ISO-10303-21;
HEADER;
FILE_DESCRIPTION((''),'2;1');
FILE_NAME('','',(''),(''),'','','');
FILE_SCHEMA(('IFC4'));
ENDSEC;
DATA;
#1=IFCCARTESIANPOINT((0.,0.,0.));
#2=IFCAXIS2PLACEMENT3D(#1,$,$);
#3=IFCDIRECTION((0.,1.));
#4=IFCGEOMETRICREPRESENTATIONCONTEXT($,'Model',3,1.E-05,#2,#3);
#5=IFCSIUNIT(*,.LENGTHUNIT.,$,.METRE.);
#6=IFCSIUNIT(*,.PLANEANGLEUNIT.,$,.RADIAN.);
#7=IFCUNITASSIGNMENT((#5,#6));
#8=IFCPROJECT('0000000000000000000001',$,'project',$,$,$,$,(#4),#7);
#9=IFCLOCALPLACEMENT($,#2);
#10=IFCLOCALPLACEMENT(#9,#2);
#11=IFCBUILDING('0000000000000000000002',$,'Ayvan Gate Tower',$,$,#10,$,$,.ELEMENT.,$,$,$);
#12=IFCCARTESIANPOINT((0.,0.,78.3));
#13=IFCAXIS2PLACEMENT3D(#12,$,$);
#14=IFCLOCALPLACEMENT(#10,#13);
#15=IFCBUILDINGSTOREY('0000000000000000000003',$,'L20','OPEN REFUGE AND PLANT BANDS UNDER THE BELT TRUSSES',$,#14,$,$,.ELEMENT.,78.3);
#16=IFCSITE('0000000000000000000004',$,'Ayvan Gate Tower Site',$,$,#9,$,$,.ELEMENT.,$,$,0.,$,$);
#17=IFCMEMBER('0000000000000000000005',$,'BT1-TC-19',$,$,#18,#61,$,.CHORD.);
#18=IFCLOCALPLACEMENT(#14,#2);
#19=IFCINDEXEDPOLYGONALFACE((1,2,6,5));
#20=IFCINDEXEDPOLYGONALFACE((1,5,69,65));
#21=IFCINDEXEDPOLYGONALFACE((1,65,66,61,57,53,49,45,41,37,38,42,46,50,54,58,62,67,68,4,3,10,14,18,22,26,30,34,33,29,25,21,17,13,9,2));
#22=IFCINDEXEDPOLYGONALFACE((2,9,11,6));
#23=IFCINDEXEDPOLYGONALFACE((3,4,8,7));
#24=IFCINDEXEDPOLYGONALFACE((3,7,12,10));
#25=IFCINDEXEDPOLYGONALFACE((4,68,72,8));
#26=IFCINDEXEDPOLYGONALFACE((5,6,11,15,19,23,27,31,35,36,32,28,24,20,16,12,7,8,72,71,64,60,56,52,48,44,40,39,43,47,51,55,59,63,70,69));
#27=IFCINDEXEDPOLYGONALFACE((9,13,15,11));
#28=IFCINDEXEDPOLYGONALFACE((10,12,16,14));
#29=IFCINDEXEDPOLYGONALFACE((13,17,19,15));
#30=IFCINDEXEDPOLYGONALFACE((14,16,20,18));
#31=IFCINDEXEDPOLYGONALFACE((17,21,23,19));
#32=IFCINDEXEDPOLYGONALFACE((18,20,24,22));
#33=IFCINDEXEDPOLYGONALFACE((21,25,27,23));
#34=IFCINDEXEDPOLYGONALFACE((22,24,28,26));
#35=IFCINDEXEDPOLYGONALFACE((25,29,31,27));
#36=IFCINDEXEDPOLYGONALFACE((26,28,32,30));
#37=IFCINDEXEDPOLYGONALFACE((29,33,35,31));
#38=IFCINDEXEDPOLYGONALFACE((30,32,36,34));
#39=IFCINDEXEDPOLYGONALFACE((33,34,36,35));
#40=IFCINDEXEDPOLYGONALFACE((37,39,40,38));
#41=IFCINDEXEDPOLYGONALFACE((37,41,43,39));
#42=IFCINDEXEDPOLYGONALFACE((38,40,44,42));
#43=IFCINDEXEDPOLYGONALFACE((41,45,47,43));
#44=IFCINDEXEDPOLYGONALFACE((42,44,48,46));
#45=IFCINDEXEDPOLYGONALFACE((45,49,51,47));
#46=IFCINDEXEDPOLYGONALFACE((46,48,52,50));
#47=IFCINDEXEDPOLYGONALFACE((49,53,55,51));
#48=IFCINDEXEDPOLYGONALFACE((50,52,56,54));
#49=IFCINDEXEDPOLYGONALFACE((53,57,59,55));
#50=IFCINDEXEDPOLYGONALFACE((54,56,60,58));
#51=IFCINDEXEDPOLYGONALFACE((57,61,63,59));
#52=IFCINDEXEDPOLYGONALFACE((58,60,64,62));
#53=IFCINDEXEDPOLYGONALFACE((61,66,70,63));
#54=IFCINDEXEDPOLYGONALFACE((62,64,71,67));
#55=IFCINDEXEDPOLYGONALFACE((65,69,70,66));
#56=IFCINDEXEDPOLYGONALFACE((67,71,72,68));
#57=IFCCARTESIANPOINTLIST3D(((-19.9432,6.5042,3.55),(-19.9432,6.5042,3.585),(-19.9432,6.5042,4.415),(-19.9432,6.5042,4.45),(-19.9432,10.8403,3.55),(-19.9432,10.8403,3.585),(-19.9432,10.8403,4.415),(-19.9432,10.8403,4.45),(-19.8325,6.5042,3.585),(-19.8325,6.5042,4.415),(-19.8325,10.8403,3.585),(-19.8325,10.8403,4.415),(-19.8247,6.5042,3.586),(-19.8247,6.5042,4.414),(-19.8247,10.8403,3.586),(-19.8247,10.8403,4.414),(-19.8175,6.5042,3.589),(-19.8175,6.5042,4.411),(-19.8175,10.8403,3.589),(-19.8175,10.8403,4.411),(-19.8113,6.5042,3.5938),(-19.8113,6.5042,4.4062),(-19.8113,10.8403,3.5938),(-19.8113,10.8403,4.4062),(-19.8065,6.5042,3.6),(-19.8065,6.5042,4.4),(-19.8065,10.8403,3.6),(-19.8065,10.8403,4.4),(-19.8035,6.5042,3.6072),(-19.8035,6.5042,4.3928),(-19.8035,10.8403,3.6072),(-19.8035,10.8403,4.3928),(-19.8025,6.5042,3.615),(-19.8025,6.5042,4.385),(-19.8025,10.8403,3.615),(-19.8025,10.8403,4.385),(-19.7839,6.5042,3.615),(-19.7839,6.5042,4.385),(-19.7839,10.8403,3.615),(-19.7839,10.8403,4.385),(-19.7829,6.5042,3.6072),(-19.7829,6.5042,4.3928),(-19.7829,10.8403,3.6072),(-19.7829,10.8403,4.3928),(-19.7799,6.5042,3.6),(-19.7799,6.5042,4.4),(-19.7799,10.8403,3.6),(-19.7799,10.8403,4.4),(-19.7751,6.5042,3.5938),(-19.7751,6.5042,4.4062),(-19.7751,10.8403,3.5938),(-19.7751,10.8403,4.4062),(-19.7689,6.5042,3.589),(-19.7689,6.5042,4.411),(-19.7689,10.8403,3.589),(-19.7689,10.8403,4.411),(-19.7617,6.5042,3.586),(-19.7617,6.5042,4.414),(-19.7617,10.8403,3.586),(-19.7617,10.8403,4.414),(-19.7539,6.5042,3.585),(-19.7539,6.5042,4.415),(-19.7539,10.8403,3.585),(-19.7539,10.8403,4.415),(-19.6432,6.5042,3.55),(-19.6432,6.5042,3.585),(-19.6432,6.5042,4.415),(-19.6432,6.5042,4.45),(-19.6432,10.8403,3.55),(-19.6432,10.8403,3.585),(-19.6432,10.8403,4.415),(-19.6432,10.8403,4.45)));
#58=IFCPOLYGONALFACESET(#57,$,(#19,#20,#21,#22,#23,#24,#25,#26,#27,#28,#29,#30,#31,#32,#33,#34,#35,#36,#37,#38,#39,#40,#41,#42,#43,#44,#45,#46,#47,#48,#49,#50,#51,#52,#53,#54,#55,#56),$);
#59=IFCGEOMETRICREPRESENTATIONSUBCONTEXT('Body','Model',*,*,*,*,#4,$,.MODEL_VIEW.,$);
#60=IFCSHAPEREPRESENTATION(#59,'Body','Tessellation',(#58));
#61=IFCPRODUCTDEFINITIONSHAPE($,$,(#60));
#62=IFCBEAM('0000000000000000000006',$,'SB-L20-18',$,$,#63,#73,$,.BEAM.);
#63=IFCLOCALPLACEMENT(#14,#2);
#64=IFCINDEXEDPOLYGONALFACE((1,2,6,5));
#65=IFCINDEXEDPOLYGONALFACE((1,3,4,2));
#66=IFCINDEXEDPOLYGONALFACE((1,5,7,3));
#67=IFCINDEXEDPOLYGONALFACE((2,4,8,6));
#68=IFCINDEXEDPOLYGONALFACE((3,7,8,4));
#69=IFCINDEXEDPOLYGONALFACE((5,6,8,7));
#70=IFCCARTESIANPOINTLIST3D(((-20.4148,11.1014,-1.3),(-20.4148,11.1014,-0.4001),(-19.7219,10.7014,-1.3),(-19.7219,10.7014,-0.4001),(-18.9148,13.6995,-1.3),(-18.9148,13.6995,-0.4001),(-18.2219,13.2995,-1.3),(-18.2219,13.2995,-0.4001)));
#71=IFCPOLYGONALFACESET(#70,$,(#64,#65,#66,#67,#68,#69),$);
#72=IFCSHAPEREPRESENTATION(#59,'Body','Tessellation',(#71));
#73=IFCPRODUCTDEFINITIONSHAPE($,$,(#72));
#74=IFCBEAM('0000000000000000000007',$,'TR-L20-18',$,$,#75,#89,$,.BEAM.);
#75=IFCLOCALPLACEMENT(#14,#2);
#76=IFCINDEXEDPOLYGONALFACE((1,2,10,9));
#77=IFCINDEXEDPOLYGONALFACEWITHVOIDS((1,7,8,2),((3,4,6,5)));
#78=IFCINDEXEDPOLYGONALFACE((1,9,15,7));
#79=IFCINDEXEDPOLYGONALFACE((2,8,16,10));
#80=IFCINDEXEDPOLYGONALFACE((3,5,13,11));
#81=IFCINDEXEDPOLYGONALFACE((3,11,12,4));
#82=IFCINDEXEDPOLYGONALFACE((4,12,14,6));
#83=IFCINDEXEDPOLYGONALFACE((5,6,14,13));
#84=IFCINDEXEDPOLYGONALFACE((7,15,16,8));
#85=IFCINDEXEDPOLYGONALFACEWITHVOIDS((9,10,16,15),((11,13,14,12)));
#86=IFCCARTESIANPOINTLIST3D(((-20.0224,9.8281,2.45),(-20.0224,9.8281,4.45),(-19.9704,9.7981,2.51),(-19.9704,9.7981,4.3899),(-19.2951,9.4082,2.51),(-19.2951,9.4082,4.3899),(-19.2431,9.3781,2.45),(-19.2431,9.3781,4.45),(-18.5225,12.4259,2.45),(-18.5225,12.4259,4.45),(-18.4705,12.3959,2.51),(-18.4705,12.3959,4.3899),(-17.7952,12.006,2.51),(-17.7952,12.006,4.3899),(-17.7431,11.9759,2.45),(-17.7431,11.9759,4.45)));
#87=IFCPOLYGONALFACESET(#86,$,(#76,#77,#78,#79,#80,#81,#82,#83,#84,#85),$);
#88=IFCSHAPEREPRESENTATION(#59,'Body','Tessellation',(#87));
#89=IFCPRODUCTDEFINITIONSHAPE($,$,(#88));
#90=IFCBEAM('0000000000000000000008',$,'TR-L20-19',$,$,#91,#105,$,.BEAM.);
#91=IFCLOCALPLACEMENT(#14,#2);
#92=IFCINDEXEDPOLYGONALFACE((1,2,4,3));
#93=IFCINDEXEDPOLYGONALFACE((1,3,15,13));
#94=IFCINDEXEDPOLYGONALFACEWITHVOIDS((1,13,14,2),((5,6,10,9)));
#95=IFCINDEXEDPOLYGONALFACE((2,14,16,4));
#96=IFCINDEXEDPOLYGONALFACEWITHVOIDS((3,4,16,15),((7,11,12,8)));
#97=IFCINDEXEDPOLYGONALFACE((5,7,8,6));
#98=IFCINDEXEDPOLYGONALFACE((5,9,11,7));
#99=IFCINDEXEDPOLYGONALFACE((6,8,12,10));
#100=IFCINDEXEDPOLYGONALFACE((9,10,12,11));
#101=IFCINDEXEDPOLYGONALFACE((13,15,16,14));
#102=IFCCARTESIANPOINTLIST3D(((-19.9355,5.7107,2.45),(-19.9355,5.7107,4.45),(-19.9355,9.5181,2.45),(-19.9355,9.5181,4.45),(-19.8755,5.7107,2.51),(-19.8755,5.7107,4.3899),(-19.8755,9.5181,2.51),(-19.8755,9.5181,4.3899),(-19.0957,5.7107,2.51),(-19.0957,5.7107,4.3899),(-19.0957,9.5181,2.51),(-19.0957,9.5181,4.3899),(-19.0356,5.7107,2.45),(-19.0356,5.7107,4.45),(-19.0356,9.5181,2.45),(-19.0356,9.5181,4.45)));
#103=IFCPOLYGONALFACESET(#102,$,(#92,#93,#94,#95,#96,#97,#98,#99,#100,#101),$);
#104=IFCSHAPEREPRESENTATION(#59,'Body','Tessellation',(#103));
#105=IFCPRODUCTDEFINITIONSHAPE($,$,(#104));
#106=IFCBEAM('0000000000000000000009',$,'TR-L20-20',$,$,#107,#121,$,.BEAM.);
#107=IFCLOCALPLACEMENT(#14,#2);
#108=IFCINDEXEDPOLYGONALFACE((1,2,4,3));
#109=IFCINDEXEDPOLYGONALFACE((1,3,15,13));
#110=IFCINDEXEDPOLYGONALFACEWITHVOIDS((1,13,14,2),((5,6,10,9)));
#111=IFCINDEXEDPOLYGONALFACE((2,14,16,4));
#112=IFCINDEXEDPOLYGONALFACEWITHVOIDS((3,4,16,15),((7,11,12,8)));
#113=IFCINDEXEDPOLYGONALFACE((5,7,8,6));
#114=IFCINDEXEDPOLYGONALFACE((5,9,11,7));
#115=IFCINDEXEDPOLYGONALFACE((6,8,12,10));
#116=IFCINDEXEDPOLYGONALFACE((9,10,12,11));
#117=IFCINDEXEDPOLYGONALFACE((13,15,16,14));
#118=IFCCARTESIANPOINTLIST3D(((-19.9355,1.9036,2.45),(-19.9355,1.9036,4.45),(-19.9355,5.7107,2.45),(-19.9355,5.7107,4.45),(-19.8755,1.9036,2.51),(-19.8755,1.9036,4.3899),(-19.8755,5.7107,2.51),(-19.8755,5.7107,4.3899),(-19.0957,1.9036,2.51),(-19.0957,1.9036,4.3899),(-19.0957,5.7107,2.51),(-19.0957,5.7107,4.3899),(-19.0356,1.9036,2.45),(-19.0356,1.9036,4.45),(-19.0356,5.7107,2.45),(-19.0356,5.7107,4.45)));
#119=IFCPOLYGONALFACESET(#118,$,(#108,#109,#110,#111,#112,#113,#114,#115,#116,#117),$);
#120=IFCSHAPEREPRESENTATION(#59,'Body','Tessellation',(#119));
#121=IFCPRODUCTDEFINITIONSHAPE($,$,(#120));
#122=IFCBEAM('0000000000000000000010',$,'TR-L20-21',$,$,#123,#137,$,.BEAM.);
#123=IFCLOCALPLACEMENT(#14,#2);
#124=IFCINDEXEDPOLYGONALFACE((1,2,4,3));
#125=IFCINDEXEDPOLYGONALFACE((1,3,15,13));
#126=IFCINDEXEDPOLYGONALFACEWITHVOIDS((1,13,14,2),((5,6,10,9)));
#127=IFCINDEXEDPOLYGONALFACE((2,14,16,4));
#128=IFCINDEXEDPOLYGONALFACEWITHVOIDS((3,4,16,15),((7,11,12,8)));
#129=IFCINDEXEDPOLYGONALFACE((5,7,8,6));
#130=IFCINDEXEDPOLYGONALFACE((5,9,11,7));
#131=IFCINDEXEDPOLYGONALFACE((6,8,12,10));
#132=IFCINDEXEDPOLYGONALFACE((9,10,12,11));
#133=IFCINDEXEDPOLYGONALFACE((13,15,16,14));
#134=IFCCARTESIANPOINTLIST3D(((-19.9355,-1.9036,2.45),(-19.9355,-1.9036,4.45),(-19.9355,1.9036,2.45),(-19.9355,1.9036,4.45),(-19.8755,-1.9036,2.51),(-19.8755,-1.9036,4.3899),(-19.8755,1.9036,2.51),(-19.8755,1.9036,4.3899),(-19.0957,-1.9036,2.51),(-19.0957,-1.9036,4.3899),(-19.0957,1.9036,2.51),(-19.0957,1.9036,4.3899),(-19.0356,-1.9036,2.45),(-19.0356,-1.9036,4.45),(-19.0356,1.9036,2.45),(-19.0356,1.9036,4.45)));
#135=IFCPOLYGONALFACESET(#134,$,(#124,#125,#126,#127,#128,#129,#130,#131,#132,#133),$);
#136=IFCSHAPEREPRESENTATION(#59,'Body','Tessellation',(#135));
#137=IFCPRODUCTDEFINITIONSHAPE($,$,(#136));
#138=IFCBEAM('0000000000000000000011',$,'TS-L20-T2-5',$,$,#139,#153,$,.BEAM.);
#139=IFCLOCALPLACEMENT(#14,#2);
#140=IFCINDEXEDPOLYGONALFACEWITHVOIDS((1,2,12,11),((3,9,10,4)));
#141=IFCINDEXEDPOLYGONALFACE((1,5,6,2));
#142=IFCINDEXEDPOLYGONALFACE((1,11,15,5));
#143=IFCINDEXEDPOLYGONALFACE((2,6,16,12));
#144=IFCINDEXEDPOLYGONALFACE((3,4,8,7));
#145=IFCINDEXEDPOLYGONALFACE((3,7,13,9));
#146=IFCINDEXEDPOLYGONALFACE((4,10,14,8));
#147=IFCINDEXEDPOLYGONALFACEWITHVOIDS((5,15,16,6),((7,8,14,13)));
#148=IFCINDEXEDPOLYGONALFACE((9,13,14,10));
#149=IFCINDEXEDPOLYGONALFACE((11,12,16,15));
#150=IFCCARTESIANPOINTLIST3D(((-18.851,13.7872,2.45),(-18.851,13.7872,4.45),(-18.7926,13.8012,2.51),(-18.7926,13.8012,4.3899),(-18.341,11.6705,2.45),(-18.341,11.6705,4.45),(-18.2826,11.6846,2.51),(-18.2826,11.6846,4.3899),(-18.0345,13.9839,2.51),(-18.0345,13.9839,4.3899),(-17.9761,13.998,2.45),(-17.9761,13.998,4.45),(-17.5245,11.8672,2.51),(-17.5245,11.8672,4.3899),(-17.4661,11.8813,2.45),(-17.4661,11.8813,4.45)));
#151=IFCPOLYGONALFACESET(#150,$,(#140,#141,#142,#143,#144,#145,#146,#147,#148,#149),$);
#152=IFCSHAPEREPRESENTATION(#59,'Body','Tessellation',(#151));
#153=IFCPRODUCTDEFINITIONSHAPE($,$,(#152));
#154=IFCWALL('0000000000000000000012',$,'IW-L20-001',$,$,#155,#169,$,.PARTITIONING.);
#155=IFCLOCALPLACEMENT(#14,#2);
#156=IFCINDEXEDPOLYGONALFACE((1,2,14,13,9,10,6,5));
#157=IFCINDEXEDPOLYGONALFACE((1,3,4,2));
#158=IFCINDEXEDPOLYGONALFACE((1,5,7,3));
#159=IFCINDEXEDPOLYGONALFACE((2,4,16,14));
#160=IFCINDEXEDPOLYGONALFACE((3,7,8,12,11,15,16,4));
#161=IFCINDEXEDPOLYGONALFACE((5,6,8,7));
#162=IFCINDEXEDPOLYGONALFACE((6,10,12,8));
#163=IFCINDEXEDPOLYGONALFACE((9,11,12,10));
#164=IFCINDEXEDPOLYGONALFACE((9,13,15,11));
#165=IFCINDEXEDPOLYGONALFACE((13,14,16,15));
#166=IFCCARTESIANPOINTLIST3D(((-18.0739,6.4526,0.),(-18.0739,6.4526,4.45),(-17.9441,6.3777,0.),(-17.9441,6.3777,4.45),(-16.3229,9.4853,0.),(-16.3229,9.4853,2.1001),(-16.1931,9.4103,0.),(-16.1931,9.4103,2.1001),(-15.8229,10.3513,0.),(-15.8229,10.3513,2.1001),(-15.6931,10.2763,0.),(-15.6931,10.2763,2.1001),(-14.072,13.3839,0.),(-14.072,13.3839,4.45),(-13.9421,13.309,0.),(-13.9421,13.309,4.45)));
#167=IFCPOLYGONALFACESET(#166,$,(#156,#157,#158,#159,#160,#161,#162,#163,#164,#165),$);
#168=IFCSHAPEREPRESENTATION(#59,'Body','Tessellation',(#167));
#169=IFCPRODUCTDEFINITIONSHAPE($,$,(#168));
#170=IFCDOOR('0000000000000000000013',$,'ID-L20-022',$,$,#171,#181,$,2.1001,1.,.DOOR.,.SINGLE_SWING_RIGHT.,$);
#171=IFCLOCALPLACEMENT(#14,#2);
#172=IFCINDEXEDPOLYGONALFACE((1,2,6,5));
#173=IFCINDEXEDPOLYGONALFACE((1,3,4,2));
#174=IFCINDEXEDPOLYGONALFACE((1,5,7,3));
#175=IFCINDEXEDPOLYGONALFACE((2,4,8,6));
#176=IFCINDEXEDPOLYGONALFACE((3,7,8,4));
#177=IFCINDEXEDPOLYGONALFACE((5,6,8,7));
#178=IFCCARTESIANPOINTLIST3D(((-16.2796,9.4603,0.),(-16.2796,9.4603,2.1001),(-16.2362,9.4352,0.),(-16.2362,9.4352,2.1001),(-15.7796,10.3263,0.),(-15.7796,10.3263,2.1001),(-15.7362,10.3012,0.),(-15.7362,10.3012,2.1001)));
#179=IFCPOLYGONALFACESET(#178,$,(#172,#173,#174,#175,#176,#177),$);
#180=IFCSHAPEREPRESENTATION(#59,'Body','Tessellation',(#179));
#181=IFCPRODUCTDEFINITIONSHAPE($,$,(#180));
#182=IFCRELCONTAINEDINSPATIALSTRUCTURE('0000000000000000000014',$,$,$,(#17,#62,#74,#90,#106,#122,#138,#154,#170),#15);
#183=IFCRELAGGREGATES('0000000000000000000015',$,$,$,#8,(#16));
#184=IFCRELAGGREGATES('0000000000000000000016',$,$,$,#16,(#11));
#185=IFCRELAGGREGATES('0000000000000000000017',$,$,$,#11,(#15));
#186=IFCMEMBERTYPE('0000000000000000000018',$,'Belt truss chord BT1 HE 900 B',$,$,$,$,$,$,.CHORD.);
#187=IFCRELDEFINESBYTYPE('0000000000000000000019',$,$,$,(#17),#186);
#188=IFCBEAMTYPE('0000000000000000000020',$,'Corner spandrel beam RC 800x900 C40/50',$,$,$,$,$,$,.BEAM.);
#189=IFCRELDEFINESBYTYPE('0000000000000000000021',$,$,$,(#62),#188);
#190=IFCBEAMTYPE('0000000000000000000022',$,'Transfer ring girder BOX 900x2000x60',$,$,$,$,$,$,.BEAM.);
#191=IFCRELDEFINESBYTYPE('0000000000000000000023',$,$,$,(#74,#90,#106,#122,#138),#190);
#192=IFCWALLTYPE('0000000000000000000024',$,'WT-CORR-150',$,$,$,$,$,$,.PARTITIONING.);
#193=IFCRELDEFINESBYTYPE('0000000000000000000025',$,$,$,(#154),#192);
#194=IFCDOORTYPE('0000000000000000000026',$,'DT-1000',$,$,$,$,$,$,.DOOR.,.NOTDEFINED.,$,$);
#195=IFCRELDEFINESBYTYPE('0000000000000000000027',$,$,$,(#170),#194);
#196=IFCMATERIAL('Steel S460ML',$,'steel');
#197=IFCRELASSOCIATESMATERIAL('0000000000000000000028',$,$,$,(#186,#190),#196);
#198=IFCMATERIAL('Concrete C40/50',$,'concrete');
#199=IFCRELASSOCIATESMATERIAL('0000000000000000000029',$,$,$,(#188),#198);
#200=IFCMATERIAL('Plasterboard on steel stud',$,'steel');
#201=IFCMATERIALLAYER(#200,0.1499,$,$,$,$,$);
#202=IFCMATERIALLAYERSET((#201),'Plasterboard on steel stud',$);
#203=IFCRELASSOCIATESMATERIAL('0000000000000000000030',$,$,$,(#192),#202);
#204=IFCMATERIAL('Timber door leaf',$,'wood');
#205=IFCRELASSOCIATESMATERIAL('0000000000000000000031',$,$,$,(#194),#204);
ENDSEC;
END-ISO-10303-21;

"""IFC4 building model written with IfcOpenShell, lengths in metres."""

from ifc_helpers import new_model, si_unit, direction, frame, frame_2d, origin, origin_2d, place, context, subcontext, project, spatial, rectangle, hollow_rectangle, i_section, extrude, material, layer, layer_set, material_profile, profile_set, type_object, element, fill, save


model = new_model("IFC4")

# Units and contexts
model_context = context("Model", 3, precision=1e-05, world=origin(), true_north=direction((0.0, 1.0)))
body_context = subcontext(model_context, "Body", "Model", "MODEL_VIEW")
ifc_project = project(units=[si_unit("LENGTHUNIT", "METRE"), si_unit("PLANEANGLEUNIT", "RADIAN")], contexts=[model_context])

# Site, building, storey
site_placement = place(None, origin())
site = spatial("IfcSite", under=ifc_project, at=site_placement, Name="Ayvan Gate Tower Site", CompositionType="ELEMENT", RefElevation=0.0)
building_placement = place(site_placement, origin())
building = spatial("IfcBuilding", under=site, at=building_placement, Name="Ayvan Gate Tower", CompositionType="ELEMENT")
storey_placement = place(building_placement, frame((0.0, 0.0, 78.3)))
storey = spatial("IfcBuildingStorey", under=building, at=storey_placement, Name="L20", Description="OPEN REFUGE AND PLANT BANDS UNDER THE BELT TRUSSES", CompositionType="ELEMENT", Elevation=78.3)

# Member
ifc_material_1 = material(Name="Steel S460ML", Category="steel")
ifc_material_profile_1 = material_profile(ifc_material_1, i_section(OverallWidth=0.3, OverallDepth=0.8999, WebThickness=0.0186, FlangeThickness=0.0349, FilletRadius=0.03, at=origin_2d()), Name="HE 900 B")
ifc_profile_set_1 = profile_set([ifc_material_profile_1], Name="Steel S460ML")
member_type_1 = type_object("IfcMemberType", Name="Belt truss chord BT1 HE 900 B", PredefinedType="CHORD", material=ifc_profile_set_1)
member_1_placement = place(storey_placement, frame((-19.7932, 10.8403, 4.0), z_axis=(0.0, -1.0, 0.0), x_axis=(1.0, 0.0, 0.0)))
element("IfcMember", 1, at=member_1_placement, inside=storey, type_object=member_type_1, Name="BT1-TC-19", PredefinedType="CHORD", context=body_context, shape_type="SweptSolid", body=[
    extrude(i_section(OverallWidth=0.3, OverallDepth=0.8999, WebThickness=0.0186, FlangeThickness=0.0349, FilletRadius=0.03, at=origin_2d()), origin(), (0.0, 0.0, 1.0), 4.3362),
])

# Beams
ifc_material_2 = material(Name="Concrete C40/50", Category="concrete")
ifc_material_profile_2 = material_profile(ifc_material_2, rectangle(XDim=0.8, YDim=0.8999, at=origin_2d()), Name="RC 800x900")
ifc_profile_set_2 = profile_set([ifc_material_profile_2], Name="Concrete C40/50")
beam_type_1 = type_object("IfcBeamType", Name="Corner spandrel beam RC 800x900 C40/50", PredefinedType="BEAM", material=ifc_profile_set_2)
beam_1_placement = place(storey_placement, frame((-18.5684, 13.4995, -0.8501), z_axis=(-0.49999, -0.866031, 0.0), x_axis=(0.866031, -0.49999, 0.0)))
element("IfcBeam", 2, at=beam_1_placement, inside=storey, type_object=beam_type_1, Name="SB-L20-18", PredefinedType="BEAM", context=body_context, shape_type="SweptSolid", body=[
    extrude(rectangle(XDim=0.8, YDim=0.8999, at=origin_2d()), origin(), (0.0, 0.0, 1.0), 3.0),
])
ifc_material_profile_3 = material_profile(ifc_material_1, hollow_rectangle(XDim=0.8999, YDim=2.0, WallThickness=0.0601, at=origin_2d()), Name="BOX 900x2000x60")
ifc_profile_set_3 = profile_set([ifc_material_profile_3], Name="Steel S460ML")
beam_type_2 = type_object("IfcBeamType", Name="Transfer ring girder BOX 900x2000x60", PredefinedType="BEAM", material=ifc_profile_set_3)
beam_2_placement = place(storey_placement, frame((-18.1328, 12.2009, 3.45), z_axis=(-0.500025, -0.866011, 0.0), x_axis=(0.866011, -0.500025, 0.0)))
element("IfcBeam", 3, at=beam_2_placement, inside=storey, type_object=beam_type_2, Name="TR-L20-18", PredefinedType="BEAM", context=body_context, shape_type="SweptSolid", body=[
    extrude(hollow_rectangle(XDim=0.8999, YDim=2.0, WallThickness=0.0601, at=origin_2d()), origin(), (0.0, 0.0, 1.0), 2.9998),
])
beam_3_placement = place(storey_placement, frame((-19.4856, 9.5181, 3.45), z_axis=(0.0, -1.0, 0.0), x_axis=(1.0, 0.0, 0.0)))
element("IfcBeam", 4, at=beam_3_placement, inside=storey, type_object=beam_type_2, Name="TR-L20-19", PredefinedType="BEAM", context=body_context, shape_type="SweptSolid", body=[
    extrude(hollow_rectangle(XDim=0.8999, YDim=2.0, WallThickness=0.0601, at=origin_2d()), origin(), (0.0, 0.0, 1.0), 3.8074),
])
for number, where, z_axis, x_axis, name in (
    (5, (-19.4856, 5.7107, 3.45), (0.0, -1.0, 0.0), (1.0, 0.0, 0.0), "TR-L20-20"),
    (6, (-19.4856, 1.9036, 3.45), (0.0, -1.0, 0.0), (1.0, 0.0, 0.0), "TR-L20-21"),
):
    element("IfcBeam", number, at=place(storey_placement, frame(where, z_axis=z_axis, x_axis=x_axis)), inside=storey, type_object=beam_type_2, Name=name, PredefinedType="BEAM", context=body_context, shape_type="SweptSolid", body=[
        extrude(hollow_rectangle(XDim=0.8999, YDim=2.0, WallThickness=0.0601, at=origin_2d()), origin(), (0.0, 0.0, 1.0), 3.8071),
    ])
beam_4_placement = place(storey_placement, frame((-18.4136, 13.8926, 3.45), z_axis=(0.234242, -0.972178, 0.0), x_axis=(0.972178, 0.234242, 0.0)))
element("IfcBeam", 7, at=beam_4_placement, inside=storey, type_object=beam_type_2, Name="TS-L20-T2-5", PredefinedType="BEAM", context=body_context, shape_type="SweptSolid", body=[
    extrude(hollow_rectangle(XDim=0.8999, YDim=2.0, WallThickness=0.0601, at=origin_2d()), origin(), (0.0, 0.0, 1.0), 2.1772),
])

# Wall, opening, door
ifc_material_3 = material(Name="Plasterboard on steel stud", Category="steel")
ifc_layer_1 = layer(ifc_material_3, 0.1499)
ifc_layer_set_1 = layer_set([ifc_layer_1], Name="Plasterboard on steel stud")
wall_type = type_object("IfcWallType", Name="WT-CORR-150", PredefinedType="PARTITIONING", material=ifc_layer_set_1)
wall_placement = place(storey_placement, frame((-18.009, 6.415, 0.0), z_axis=(0.0, 0.0, 1.0), x_axis=(0.50001, 0.866019, 0.0)))
wall = element("IfcWall", 8, at=wall_placement, inside=storey, type_object=wall_type, Name="IW-L20-001", PredefinedType="PARTITIONING", context=body_context, shape_type="SweptSolid", body=[
    extrude(rectangle(XDim=8.0037, YDim=0.1499, at=frame_2d((4.002, 0.0))), origin(), (0.0, 0.0, 1.0), 4.45),
])
opening_placement = place(wall_placement, frame((3.502, 0.0, 0.0)))
opening = element("IfcOpeningElement", 9, at=opening_placement, cuts=wall, PredefinedType="OPENING", context=body_context, shape_type="SweptSolid", body=[
    extrude(rectangle(XDim=1.0, YDim=2.1001, at=frame_2d((0.5, 1.05))), frame((0.0, 0.085, 0.0), z_axis=(0.0, -1.0, 0.0), x_axis=(1.0, 0.0, 0.0)), (0.0, 0.0, 1.0), 0.1699),
])
ifc_material_4 = material(Name="Timber door leaf", Category="wood")
door_type = type_object("IfcDoorType", Name="DT-1000", OperationType="NOTDEFINED", PredefinedType="DOOR", material=ifc_material_4)
door_placement = place(opening_placement, origin())
door = element("IfcDoor", 10, at=door_placement, inside=storey, type_object=door_type, Name="ID-L20-022", OperationType="SINGLE_SWING_RIGHT", OverallHeight=2.1001, OverallWidth=1.0, PredefinedType="DOOR", context=body_context, shape_type="SweptSolid", body=[
    extrude(rectangle(XDim=1.0, YDim=2.1001, at=frame_2d((0.5, 1.05))), frame((0.0, 0.0249, 0.0), z_axis=(0.0, -1.0, 0.0), x_axis=(1.0, 0.0, 0.0)), (0.0, 0.0, 1.0), 0.05),
])
fill(opening, door)

save(model, "model.ifc")
